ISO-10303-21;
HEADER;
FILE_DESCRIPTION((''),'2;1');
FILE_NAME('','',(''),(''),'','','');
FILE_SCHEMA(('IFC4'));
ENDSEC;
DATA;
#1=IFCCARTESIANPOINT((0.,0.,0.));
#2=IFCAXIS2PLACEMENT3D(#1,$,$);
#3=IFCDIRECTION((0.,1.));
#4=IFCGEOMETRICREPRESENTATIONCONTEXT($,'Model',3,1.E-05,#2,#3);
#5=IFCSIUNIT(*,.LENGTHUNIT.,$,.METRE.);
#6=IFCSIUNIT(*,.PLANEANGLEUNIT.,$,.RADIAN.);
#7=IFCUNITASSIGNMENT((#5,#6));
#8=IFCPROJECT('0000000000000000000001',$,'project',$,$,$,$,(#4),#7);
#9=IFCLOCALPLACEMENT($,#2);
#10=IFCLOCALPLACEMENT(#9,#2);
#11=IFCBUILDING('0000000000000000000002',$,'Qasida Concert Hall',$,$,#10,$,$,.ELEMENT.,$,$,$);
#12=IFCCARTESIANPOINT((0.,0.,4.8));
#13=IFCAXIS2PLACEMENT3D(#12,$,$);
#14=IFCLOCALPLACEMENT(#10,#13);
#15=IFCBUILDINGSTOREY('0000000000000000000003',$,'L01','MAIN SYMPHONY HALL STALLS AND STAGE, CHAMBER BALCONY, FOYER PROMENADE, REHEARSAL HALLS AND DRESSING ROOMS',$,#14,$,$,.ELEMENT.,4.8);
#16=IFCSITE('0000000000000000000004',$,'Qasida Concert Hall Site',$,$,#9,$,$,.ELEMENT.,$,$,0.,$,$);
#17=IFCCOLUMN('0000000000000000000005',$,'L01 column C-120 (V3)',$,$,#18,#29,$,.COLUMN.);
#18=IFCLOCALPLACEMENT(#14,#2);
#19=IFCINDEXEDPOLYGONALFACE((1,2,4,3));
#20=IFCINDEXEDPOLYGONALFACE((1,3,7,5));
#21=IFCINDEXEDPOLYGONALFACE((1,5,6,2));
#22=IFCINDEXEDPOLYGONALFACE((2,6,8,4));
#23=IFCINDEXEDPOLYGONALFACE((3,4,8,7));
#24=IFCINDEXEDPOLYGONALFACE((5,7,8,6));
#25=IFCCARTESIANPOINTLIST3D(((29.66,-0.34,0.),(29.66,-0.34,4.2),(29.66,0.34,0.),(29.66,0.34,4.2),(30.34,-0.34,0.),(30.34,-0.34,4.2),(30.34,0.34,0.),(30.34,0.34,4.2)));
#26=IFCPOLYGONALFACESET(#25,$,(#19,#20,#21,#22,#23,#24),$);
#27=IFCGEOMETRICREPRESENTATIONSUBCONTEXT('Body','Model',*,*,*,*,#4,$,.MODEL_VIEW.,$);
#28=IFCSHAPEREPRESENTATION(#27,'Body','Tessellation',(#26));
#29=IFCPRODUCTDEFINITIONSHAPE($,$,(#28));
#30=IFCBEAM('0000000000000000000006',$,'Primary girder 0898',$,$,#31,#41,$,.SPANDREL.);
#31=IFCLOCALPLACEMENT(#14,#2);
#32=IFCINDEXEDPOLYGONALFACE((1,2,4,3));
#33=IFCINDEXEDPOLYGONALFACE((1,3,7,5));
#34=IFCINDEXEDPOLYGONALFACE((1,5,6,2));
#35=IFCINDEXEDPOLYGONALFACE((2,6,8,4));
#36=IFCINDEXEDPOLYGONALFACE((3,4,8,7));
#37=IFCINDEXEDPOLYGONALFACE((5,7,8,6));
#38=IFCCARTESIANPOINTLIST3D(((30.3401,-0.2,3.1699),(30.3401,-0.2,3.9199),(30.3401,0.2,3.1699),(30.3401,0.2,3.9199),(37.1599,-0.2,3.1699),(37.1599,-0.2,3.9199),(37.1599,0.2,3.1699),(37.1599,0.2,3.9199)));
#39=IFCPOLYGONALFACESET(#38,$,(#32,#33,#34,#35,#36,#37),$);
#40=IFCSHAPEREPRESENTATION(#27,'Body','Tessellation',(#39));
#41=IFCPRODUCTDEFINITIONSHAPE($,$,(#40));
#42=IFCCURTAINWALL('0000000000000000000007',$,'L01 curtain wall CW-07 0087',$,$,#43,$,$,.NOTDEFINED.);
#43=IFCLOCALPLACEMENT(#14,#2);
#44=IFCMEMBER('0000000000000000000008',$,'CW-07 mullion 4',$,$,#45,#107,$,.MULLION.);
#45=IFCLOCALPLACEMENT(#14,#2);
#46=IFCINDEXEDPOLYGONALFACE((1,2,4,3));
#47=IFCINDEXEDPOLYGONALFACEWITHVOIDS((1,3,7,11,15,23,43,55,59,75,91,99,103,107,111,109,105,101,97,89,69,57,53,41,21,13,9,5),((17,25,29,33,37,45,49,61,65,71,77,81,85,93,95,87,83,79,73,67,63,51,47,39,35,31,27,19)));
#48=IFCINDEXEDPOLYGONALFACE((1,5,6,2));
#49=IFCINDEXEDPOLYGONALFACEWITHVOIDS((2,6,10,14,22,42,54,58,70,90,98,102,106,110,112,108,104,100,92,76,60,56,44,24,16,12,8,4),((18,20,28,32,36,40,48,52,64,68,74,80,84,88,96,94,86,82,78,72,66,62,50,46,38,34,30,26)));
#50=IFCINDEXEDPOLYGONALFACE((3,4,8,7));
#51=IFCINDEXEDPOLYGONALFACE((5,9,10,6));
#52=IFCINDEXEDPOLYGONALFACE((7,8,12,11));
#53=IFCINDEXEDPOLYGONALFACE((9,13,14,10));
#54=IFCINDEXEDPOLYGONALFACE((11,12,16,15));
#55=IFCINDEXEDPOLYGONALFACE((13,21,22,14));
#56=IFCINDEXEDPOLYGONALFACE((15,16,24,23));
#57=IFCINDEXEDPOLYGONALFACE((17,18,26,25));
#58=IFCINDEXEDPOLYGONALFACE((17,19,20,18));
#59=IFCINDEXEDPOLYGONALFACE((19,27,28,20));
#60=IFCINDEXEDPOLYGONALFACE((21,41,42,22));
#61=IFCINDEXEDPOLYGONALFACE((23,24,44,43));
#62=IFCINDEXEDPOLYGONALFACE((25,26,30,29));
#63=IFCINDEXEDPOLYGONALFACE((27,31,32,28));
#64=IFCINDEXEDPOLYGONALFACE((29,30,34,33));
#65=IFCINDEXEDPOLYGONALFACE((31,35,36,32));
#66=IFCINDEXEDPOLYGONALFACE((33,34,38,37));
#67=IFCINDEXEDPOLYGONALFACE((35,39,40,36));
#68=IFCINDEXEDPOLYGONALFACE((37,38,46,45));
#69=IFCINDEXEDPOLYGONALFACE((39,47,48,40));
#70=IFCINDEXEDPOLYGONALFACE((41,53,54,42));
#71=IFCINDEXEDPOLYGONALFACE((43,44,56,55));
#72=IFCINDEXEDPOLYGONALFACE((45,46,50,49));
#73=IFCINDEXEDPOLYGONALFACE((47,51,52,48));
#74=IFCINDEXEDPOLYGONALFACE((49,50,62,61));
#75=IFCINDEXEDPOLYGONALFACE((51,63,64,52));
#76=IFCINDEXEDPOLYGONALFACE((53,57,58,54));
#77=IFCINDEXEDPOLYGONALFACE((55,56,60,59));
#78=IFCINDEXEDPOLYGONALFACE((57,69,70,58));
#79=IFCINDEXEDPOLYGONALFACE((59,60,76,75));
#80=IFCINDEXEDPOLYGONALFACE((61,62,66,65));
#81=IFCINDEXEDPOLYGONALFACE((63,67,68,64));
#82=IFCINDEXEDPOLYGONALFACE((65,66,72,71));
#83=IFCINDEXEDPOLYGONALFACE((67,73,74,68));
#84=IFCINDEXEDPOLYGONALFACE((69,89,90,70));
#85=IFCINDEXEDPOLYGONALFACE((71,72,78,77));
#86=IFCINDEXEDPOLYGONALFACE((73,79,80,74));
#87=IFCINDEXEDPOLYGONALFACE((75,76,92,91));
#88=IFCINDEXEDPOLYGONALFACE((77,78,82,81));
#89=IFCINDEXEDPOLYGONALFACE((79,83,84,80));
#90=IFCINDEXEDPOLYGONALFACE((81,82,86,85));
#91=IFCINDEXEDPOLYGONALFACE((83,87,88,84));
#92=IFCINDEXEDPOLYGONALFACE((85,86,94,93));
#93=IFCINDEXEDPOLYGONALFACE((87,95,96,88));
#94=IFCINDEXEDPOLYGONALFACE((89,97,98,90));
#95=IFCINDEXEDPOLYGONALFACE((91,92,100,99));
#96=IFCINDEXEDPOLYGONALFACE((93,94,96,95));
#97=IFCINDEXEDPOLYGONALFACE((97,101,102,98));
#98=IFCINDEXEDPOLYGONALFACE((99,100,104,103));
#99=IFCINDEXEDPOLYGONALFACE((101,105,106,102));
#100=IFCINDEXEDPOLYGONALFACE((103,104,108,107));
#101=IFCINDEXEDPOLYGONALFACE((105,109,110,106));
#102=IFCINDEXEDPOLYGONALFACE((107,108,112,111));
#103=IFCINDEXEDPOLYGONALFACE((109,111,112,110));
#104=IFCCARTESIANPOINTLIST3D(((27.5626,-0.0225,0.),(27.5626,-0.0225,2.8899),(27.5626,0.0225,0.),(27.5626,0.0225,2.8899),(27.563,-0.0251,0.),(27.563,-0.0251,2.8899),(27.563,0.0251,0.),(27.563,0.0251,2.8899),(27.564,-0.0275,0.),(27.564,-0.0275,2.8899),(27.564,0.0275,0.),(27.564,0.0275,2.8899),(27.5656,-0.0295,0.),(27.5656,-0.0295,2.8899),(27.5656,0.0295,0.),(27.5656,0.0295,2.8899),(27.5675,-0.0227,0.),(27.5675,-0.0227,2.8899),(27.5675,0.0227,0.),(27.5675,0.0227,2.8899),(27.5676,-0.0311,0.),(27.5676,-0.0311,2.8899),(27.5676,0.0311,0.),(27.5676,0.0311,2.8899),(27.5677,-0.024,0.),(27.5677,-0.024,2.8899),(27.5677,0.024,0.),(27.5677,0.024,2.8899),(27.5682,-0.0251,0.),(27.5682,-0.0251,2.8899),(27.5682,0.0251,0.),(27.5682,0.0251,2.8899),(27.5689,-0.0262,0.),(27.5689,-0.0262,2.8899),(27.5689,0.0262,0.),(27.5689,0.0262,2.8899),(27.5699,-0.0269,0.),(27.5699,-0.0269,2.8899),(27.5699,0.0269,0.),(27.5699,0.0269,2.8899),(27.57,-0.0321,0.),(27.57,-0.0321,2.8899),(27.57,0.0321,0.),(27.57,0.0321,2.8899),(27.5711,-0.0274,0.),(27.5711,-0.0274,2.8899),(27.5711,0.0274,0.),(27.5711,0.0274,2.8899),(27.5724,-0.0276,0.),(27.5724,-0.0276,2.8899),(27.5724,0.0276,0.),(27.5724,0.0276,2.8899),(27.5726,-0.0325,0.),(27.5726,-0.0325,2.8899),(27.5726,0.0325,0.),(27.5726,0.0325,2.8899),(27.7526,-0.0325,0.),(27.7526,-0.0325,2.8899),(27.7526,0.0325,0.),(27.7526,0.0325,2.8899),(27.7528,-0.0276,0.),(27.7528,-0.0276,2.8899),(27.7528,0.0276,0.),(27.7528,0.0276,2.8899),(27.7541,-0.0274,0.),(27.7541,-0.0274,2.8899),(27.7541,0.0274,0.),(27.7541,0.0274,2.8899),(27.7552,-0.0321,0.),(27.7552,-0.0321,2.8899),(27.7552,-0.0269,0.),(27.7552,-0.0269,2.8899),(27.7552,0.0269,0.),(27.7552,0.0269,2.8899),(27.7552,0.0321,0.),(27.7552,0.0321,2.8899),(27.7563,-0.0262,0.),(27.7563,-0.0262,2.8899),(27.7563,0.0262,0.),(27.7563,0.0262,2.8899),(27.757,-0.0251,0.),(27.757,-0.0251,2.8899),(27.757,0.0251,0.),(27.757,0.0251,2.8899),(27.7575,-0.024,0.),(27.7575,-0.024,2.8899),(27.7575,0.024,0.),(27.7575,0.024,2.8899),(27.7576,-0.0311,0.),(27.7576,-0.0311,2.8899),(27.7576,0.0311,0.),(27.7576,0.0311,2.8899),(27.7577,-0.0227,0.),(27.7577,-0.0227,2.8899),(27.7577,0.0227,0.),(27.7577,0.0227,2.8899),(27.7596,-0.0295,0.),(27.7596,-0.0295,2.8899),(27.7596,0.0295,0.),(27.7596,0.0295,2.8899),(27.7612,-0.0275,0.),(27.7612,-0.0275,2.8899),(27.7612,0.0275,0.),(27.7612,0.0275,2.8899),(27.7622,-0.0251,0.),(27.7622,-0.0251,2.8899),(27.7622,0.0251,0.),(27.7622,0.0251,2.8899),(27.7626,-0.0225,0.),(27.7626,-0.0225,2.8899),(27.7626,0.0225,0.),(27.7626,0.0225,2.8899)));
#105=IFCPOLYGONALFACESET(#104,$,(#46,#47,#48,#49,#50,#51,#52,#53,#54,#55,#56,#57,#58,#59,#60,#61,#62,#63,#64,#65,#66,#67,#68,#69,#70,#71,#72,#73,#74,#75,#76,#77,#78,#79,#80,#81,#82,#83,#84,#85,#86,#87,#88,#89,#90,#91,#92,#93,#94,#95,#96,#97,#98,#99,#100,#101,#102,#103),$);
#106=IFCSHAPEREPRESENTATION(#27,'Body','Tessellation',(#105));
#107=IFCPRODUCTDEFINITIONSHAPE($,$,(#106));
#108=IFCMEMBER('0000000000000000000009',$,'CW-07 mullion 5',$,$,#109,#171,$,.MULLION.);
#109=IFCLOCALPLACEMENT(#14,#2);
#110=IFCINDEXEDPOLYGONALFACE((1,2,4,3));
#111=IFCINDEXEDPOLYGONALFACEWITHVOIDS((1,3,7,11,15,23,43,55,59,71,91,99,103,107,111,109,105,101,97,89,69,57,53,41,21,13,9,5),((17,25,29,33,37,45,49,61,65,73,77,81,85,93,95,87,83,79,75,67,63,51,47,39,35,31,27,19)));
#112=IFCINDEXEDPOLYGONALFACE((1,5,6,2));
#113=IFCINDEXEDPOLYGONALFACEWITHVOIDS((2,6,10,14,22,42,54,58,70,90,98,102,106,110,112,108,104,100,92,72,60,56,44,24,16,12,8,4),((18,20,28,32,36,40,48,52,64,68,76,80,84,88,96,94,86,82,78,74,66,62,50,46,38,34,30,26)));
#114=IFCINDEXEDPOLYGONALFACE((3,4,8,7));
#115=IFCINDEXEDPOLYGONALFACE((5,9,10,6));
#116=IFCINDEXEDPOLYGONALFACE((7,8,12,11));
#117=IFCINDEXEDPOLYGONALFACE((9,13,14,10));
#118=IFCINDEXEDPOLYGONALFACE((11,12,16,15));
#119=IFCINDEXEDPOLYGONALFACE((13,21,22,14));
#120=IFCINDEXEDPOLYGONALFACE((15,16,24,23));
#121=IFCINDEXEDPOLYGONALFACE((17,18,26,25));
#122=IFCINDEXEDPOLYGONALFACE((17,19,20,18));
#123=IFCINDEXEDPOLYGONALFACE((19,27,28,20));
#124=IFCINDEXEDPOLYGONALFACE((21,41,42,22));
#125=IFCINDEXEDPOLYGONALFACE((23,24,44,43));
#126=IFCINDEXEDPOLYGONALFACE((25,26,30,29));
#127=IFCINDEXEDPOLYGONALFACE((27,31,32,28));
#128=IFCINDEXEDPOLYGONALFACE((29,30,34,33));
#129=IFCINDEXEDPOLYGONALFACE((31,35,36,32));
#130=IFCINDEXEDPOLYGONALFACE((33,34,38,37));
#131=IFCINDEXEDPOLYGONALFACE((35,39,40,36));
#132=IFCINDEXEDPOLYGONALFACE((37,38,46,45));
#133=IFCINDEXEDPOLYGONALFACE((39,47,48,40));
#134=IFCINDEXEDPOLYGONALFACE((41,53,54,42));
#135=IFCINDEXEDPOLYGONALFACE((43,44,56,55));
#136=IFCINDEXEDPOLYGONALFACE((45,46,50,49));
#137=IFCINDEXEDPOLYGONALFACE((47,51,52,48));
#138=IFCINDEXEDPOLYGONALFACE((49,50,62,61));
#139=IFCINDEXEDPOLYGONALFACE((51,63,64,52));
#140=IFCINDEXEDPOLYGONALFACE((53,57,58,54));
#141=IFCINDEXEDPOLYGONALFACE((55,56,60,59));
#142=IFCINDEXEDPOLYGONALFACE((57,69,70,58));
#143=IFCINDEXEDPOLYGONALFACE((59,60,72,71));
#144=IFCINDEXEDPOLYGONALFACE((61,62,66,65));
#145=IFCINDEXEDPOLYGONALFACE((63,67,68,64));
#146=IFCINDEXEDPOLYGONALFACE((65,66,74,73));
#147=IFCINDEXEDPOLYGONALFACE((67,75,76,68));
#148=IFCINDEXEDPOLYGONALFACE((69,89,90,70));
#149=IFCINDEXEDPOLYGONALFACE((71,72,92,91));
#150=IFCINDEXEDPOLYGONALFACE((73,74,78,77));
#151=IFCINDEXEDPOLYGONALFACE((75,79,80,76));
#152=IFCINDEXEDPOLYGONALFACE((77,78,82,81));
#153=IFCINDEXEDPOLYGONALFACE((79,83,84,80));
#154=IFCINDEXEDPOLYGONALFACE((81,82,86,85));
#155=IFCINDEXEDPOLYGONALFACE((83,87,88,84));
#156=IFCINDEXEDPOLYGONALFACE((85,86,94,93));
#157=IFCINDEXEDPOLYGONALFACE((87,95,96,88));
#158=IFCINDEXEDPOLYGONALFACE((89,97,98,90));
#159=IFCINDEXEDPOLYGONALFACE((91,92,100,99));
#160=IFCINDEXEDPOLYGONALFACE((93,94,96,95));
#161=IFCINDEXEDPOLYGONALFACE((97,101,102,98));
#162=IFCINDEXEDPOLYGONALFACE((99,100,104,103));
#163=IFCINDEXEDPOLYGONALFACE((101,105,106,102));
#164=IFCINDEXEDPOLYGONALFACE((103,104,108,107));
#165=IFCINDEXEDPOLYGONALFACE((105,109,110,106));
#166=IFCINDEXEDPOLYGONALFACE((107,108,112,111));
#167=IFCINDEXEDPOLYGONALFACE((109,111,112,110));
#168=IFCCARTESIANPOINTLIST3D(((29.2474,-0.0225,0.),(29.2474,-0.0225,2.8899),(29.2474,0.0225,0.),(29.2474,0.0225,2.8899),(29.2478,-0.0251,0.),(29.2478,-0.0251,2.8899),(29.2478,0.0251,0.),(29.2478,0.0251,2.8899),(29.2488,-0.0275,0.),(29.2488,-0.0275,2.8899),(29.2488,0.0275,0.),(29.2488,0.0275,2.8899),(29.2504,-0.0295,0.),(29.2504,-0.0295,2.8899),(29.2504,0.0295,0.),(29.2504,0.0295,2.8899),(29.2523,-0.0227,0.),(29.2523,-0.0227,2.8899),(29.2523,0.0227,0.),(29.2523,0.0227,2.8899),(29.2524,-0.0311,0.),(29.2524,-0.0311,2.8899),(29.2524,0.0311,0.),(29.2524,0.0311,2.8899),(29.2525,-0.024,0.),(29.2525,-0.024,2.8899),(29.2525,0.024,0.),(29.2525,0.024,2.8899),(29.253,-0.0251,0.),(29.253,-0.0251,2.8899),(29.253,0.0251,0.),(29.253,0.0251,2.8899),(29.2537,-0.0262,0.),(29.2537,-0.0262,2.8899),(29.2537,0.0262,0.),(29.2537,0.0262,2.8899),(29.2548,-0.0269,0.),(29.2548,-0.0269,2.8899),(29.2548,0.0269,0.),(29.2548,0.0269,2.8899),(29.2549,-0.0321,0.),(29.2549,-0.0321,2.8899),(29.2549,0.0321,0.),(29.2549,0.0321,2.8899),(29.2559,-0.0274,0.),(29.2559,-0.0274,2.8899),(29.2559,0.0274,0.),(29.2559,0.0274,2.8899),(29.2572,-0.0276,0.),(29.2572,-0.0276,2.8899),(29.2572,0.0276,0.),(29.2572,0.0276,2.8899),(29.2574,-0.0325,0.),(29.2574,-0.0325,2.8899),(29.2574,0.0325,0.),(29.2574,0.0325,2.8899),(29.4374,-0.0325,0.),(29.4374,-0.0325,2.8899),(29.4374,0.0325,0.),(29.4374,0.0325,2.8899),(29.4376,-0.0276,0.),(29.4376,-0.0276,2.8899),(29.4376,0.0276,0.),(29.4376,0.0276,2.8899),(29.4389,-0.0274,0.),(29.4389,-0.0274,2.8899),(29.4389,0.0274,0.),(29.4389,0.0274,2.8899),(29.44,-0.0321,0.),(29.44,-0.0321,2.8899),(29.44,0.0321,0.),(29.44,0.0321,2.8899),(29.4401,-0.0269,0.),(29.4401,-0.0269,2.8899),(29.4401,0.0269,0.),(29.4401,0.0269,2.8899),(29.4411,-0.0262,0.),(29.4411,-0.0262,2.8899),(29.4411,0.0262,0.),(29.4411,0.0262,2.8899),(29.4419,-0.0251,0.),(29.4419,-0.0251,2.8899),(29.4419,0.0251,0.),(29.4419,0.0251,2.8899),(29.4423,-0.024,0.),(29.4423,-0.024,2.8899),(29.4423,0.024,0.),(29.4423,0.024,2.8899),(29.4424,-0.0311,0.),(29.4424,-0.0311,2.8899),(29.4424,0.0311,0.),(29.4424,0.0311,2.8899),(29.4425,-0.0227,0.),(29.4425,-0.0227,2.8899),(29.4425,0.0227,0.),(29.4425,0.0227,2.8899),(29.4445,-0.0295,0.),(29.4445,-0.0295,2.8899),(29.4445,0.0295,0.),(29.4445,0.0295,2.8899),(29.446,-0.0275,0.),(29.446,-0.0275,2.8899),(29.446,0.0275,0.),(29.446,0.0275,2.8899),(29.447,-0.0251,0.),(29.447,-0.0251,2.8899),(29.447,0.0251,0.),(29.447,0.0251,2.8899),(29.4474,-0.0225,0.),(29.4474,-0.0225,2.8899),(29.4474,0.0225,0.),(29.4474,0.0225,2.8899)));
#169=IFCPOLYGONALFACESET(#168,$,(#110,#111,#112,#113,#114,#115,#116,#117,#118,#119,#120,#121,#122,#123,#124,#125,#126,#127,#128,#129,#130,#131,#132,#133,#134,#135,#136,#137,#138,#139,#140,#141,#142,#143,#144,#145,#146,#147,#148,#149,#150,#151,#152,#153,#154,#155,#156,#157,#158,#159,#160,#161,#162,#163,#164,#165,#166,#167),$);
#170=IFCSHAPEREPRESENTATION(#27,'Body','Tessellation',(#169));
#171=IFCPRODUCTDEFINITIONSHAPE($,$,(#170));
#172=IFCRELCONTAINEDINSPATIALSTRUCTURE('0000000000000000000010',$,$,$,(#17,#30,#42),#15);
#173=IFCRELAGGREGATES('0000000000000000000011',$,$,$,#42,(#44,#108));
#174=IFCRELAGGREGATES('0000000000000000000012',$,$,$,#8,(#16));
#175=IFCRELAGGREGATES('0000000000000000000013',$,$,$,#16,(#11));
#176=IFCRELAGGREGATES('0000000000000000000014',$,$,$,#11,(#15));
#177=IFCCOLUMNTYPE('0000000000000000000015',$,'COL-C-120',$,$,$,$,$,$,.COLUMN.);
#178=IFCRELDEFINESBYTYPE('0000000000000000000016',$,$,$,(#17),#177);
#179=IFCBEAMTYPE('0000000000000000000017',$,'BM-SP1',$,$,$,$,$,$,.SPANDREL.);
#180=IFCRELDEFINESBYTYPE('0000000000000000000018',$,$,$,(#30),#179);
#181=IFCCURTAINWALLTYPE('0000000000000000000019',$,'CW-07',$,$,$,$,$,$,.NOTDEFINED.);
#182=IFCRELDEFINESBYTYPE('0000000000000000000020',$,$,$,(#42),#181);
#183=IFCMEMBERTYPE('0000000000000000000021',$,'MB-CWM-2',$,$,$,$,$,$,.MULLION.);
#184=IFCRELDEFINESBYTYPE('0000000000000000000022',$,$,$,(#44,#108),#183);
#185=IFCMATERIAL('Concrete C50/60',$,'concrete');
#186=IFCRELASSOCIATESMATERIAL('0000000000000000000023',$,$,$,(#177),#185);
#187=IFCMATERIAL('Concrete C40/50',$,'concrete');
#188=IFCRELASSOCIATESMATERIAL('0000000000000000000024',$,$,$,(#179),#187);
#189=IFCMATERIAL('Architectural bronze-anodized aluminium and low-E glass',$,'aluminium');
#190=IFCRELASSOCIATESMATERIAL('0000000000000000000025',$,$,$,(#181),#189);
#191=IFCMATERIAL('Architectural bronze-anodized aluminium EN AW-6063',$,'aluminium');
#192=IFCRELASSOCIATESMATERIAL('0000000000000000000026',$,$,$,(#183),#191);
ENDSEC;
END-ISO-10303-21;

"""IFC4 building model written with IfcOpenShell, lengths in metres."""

from ifc_helpers import new_model, si_unit, direction, frame, origin, origin_2d, place, context, subcontext, project, spatial, rectangle, hollow_rectangle, extrude, material, material_profile, profile_set, type_object, element, aggregate, save


model = new_model("IFC4")

# Units and contexts
model_context = context("Model", 3, precision=1e-05, world=origin(), true_north=direction((0.0, 1.0)))
body_context = subcontext(model_context, "Body", "Model", "MODEL_VIEW")
ifc_project = project(units=[si_unit("LENGTHUNIT", "METRE"), si_unit("PLANEANGLEUNIT", "RADIAN")], contexts=[model_context])

# Site, building, storey
site_placement = place(None, origin())
site = spatial("IfcSite", under=ifc_project, at=site_placement, Name="Qasida Concert Hall Site", CompositionType="ELEMENT", RefElevation=0.0)
building_placement = place(site_placement, origin())
building = spatial("IfcBuilding", under=site, at=building_placement, Name="Qasida Concert Hall", CompositionType="ELEMENT")
storey_placement = place(building_placement, frame((0.0, 0.0, 4.8)))
storey = spatial("IfcBuildingStorey", under=building, at=storey_placement, Name="L01", Description="MAIN SYMPHONY HALL STALLS AND STAGE, CHAMBER BALCONY, FOYER PROMENADE, REHEARSAL HALLS AND DRESSING ROOMS", CompositionType="ELEMENT", Elevation=4.8)

# Column
ifc_material_1 = material(Name="Concrete C50/60", Category="concrete")
ifc_material_profile_1 = material_profile(ifc_material_1, rectangle(XDim=0.6799, YDim=0.6799, at=origin_2d()), Name="RC 680x680")
ifc_profile_set_1 = profile_set([ifc_material_profile_1], Name="Concrete C50/60")
column_type = type_object("IfcColumnType", Name="COL-C-120", PredefinedType="COLUMN", material=ifc_profile_set_1)
column_placement = place(storey_placement, frame((30.0, 0.0, 0.0), z_axis=(0.0, 0.0, 1.0), x_axis=(1.0, 0.0, 0.0)))
element("IfcColumn", 1, at=column_placement, inside=storey, type_object=column_type, Name="L01 column C-120 (V3)", PredefinedType="COLUMN", context=body_context, shape_type="SweptSolid", body=[
    extrude(rectangle(XDim=0.6799, YDim=0.6799, at=origin_2d()), origin(), (0.0, 0.0, 1.0), 4.2),
])

# Beam
ifc_material_2 = material(Name="Concrete C40/50", Category="concrete")
ifc_material_profile_2 = material_profile(ifc_material_2, rectangle(XDim=0.3999, YDim=0.75, at=origin_2d()), Name="RC 400x750")
ifc_profile_set_2 = profile_set([ifc_material_profile_2], Name="Concrete C40/50")
beam_type = type_object("IfcBeamType", Name="BM-SP1", PredefinedType="SPANDREL", material=ifc_profile_set_2)
beam_placement = place(storey_placement, frame((30.3401, 0.0, 3.5449), z_axis=(1.0, 0.0, 0.0), x_axis=(0.0, 1.0, 0.0)))
element("IfcBeam", 2, at=beam_placement, inside=storey, type_object=beam_type, Name="Primary girder 0898", PredefinedType="SPANDREL", context=body_context, shape_type="SweptSolid", body=[
    extrude(rectangle(XDim=0.3999, YDim=0.75, at=origin_2d()), origin(), (0.0, 0.0, 1.0), 6.8198),
])

# Curtain wall, members
ifc_material_3 = material(Name="Architectural bronze-anodized aluminium and low-E glass", Category="aluminium")
curtain_wall_type = type_object("IfcCurtainWallType", Name="CW-07", PredefinedType="NOTDEFINED", material=ifc_material_3)
curtain_wall_1_placement = place(storey_placement, origin())
curtain_wall_1 = element("IfcCurtainWall", 3, at=curtain_wall_1_placement, inside=storey, type_object=curtain_wall_type, Name="L01 curtain wall CW-07 0087", PredefinedType="NOTDEFINED")
ifc_material_4 = material(Name="Architectural bronze-anodized aluminium EN AW-6063", Category="aluminium")
ifc_material_profile_3 = material_profile(ifc_material_4, hollow_rectangle(XDim=0.0649, YDim=0.2, WallThickness=0.0049, InnerFilletRadius=0.0049, OuterFilletRadius=0.01, at=origin_2d()), Name="CWM 200x65x5")
ifc_profile_set_3 = profile_set([ifc_material_profile_3], Name="Architectural bronze-anodized aluminium EN AW-6063")
member_type_1 = type_object("IfcMemberType", Name="MB-CWM-2", PredefinedType="MULLION", material=ifc_profile_set_3)
member_1_placement = place(storey_placement, frame((27.6626, 0.0, 0.0), z_axis=(0.0, 0.0, 1.0), x_axis=(0.0, 1.0, 0.0)))
member_1 = element("IfcMember", 4, at=member_1_placement, type_object=member_type_1, Name="CW-07 mullion 4", PredefinedType="MULLION", context=body_context, shape_type="SweptSolid", body=[
    extrude(hollow_rectangle(XDim=0.0649, YDim=0.2, WallThickness=0.0049, InnerFilletRadius=0.0049, OuterFilletRadius=0.01, at=origin_2d()), origin(), (0.0, 0.0, 1.0), 2.8899),
])
member_2_placement = place(storey_placement, frame((29.3474, 0.0, 0.0), z_axis=(0.0, 0.0, 1.0), x_axis=(0.0, 1.0, 0.0)))
member_2 = element("IfcMember", 5, at=member_2_placement, type_object=member_type_1, Name="CW-07 mullion 5", PredefinedType="MULLION", context=body_context, shape_type="SweptSolid", body=[
    extrude(hollow_rectangle(XDim=0.0649, YDim=0.2, WallThickness=0.0049, InnerFilletRadius=0.0049, OuterFilletRadius=0.01, at=origin_2d()), origin(), (0.0, 0.0, 1.0), 2.8899),
])

aggregate(curtain_wall_1, [member_1, member_2])

save(model, "model.ifc")
